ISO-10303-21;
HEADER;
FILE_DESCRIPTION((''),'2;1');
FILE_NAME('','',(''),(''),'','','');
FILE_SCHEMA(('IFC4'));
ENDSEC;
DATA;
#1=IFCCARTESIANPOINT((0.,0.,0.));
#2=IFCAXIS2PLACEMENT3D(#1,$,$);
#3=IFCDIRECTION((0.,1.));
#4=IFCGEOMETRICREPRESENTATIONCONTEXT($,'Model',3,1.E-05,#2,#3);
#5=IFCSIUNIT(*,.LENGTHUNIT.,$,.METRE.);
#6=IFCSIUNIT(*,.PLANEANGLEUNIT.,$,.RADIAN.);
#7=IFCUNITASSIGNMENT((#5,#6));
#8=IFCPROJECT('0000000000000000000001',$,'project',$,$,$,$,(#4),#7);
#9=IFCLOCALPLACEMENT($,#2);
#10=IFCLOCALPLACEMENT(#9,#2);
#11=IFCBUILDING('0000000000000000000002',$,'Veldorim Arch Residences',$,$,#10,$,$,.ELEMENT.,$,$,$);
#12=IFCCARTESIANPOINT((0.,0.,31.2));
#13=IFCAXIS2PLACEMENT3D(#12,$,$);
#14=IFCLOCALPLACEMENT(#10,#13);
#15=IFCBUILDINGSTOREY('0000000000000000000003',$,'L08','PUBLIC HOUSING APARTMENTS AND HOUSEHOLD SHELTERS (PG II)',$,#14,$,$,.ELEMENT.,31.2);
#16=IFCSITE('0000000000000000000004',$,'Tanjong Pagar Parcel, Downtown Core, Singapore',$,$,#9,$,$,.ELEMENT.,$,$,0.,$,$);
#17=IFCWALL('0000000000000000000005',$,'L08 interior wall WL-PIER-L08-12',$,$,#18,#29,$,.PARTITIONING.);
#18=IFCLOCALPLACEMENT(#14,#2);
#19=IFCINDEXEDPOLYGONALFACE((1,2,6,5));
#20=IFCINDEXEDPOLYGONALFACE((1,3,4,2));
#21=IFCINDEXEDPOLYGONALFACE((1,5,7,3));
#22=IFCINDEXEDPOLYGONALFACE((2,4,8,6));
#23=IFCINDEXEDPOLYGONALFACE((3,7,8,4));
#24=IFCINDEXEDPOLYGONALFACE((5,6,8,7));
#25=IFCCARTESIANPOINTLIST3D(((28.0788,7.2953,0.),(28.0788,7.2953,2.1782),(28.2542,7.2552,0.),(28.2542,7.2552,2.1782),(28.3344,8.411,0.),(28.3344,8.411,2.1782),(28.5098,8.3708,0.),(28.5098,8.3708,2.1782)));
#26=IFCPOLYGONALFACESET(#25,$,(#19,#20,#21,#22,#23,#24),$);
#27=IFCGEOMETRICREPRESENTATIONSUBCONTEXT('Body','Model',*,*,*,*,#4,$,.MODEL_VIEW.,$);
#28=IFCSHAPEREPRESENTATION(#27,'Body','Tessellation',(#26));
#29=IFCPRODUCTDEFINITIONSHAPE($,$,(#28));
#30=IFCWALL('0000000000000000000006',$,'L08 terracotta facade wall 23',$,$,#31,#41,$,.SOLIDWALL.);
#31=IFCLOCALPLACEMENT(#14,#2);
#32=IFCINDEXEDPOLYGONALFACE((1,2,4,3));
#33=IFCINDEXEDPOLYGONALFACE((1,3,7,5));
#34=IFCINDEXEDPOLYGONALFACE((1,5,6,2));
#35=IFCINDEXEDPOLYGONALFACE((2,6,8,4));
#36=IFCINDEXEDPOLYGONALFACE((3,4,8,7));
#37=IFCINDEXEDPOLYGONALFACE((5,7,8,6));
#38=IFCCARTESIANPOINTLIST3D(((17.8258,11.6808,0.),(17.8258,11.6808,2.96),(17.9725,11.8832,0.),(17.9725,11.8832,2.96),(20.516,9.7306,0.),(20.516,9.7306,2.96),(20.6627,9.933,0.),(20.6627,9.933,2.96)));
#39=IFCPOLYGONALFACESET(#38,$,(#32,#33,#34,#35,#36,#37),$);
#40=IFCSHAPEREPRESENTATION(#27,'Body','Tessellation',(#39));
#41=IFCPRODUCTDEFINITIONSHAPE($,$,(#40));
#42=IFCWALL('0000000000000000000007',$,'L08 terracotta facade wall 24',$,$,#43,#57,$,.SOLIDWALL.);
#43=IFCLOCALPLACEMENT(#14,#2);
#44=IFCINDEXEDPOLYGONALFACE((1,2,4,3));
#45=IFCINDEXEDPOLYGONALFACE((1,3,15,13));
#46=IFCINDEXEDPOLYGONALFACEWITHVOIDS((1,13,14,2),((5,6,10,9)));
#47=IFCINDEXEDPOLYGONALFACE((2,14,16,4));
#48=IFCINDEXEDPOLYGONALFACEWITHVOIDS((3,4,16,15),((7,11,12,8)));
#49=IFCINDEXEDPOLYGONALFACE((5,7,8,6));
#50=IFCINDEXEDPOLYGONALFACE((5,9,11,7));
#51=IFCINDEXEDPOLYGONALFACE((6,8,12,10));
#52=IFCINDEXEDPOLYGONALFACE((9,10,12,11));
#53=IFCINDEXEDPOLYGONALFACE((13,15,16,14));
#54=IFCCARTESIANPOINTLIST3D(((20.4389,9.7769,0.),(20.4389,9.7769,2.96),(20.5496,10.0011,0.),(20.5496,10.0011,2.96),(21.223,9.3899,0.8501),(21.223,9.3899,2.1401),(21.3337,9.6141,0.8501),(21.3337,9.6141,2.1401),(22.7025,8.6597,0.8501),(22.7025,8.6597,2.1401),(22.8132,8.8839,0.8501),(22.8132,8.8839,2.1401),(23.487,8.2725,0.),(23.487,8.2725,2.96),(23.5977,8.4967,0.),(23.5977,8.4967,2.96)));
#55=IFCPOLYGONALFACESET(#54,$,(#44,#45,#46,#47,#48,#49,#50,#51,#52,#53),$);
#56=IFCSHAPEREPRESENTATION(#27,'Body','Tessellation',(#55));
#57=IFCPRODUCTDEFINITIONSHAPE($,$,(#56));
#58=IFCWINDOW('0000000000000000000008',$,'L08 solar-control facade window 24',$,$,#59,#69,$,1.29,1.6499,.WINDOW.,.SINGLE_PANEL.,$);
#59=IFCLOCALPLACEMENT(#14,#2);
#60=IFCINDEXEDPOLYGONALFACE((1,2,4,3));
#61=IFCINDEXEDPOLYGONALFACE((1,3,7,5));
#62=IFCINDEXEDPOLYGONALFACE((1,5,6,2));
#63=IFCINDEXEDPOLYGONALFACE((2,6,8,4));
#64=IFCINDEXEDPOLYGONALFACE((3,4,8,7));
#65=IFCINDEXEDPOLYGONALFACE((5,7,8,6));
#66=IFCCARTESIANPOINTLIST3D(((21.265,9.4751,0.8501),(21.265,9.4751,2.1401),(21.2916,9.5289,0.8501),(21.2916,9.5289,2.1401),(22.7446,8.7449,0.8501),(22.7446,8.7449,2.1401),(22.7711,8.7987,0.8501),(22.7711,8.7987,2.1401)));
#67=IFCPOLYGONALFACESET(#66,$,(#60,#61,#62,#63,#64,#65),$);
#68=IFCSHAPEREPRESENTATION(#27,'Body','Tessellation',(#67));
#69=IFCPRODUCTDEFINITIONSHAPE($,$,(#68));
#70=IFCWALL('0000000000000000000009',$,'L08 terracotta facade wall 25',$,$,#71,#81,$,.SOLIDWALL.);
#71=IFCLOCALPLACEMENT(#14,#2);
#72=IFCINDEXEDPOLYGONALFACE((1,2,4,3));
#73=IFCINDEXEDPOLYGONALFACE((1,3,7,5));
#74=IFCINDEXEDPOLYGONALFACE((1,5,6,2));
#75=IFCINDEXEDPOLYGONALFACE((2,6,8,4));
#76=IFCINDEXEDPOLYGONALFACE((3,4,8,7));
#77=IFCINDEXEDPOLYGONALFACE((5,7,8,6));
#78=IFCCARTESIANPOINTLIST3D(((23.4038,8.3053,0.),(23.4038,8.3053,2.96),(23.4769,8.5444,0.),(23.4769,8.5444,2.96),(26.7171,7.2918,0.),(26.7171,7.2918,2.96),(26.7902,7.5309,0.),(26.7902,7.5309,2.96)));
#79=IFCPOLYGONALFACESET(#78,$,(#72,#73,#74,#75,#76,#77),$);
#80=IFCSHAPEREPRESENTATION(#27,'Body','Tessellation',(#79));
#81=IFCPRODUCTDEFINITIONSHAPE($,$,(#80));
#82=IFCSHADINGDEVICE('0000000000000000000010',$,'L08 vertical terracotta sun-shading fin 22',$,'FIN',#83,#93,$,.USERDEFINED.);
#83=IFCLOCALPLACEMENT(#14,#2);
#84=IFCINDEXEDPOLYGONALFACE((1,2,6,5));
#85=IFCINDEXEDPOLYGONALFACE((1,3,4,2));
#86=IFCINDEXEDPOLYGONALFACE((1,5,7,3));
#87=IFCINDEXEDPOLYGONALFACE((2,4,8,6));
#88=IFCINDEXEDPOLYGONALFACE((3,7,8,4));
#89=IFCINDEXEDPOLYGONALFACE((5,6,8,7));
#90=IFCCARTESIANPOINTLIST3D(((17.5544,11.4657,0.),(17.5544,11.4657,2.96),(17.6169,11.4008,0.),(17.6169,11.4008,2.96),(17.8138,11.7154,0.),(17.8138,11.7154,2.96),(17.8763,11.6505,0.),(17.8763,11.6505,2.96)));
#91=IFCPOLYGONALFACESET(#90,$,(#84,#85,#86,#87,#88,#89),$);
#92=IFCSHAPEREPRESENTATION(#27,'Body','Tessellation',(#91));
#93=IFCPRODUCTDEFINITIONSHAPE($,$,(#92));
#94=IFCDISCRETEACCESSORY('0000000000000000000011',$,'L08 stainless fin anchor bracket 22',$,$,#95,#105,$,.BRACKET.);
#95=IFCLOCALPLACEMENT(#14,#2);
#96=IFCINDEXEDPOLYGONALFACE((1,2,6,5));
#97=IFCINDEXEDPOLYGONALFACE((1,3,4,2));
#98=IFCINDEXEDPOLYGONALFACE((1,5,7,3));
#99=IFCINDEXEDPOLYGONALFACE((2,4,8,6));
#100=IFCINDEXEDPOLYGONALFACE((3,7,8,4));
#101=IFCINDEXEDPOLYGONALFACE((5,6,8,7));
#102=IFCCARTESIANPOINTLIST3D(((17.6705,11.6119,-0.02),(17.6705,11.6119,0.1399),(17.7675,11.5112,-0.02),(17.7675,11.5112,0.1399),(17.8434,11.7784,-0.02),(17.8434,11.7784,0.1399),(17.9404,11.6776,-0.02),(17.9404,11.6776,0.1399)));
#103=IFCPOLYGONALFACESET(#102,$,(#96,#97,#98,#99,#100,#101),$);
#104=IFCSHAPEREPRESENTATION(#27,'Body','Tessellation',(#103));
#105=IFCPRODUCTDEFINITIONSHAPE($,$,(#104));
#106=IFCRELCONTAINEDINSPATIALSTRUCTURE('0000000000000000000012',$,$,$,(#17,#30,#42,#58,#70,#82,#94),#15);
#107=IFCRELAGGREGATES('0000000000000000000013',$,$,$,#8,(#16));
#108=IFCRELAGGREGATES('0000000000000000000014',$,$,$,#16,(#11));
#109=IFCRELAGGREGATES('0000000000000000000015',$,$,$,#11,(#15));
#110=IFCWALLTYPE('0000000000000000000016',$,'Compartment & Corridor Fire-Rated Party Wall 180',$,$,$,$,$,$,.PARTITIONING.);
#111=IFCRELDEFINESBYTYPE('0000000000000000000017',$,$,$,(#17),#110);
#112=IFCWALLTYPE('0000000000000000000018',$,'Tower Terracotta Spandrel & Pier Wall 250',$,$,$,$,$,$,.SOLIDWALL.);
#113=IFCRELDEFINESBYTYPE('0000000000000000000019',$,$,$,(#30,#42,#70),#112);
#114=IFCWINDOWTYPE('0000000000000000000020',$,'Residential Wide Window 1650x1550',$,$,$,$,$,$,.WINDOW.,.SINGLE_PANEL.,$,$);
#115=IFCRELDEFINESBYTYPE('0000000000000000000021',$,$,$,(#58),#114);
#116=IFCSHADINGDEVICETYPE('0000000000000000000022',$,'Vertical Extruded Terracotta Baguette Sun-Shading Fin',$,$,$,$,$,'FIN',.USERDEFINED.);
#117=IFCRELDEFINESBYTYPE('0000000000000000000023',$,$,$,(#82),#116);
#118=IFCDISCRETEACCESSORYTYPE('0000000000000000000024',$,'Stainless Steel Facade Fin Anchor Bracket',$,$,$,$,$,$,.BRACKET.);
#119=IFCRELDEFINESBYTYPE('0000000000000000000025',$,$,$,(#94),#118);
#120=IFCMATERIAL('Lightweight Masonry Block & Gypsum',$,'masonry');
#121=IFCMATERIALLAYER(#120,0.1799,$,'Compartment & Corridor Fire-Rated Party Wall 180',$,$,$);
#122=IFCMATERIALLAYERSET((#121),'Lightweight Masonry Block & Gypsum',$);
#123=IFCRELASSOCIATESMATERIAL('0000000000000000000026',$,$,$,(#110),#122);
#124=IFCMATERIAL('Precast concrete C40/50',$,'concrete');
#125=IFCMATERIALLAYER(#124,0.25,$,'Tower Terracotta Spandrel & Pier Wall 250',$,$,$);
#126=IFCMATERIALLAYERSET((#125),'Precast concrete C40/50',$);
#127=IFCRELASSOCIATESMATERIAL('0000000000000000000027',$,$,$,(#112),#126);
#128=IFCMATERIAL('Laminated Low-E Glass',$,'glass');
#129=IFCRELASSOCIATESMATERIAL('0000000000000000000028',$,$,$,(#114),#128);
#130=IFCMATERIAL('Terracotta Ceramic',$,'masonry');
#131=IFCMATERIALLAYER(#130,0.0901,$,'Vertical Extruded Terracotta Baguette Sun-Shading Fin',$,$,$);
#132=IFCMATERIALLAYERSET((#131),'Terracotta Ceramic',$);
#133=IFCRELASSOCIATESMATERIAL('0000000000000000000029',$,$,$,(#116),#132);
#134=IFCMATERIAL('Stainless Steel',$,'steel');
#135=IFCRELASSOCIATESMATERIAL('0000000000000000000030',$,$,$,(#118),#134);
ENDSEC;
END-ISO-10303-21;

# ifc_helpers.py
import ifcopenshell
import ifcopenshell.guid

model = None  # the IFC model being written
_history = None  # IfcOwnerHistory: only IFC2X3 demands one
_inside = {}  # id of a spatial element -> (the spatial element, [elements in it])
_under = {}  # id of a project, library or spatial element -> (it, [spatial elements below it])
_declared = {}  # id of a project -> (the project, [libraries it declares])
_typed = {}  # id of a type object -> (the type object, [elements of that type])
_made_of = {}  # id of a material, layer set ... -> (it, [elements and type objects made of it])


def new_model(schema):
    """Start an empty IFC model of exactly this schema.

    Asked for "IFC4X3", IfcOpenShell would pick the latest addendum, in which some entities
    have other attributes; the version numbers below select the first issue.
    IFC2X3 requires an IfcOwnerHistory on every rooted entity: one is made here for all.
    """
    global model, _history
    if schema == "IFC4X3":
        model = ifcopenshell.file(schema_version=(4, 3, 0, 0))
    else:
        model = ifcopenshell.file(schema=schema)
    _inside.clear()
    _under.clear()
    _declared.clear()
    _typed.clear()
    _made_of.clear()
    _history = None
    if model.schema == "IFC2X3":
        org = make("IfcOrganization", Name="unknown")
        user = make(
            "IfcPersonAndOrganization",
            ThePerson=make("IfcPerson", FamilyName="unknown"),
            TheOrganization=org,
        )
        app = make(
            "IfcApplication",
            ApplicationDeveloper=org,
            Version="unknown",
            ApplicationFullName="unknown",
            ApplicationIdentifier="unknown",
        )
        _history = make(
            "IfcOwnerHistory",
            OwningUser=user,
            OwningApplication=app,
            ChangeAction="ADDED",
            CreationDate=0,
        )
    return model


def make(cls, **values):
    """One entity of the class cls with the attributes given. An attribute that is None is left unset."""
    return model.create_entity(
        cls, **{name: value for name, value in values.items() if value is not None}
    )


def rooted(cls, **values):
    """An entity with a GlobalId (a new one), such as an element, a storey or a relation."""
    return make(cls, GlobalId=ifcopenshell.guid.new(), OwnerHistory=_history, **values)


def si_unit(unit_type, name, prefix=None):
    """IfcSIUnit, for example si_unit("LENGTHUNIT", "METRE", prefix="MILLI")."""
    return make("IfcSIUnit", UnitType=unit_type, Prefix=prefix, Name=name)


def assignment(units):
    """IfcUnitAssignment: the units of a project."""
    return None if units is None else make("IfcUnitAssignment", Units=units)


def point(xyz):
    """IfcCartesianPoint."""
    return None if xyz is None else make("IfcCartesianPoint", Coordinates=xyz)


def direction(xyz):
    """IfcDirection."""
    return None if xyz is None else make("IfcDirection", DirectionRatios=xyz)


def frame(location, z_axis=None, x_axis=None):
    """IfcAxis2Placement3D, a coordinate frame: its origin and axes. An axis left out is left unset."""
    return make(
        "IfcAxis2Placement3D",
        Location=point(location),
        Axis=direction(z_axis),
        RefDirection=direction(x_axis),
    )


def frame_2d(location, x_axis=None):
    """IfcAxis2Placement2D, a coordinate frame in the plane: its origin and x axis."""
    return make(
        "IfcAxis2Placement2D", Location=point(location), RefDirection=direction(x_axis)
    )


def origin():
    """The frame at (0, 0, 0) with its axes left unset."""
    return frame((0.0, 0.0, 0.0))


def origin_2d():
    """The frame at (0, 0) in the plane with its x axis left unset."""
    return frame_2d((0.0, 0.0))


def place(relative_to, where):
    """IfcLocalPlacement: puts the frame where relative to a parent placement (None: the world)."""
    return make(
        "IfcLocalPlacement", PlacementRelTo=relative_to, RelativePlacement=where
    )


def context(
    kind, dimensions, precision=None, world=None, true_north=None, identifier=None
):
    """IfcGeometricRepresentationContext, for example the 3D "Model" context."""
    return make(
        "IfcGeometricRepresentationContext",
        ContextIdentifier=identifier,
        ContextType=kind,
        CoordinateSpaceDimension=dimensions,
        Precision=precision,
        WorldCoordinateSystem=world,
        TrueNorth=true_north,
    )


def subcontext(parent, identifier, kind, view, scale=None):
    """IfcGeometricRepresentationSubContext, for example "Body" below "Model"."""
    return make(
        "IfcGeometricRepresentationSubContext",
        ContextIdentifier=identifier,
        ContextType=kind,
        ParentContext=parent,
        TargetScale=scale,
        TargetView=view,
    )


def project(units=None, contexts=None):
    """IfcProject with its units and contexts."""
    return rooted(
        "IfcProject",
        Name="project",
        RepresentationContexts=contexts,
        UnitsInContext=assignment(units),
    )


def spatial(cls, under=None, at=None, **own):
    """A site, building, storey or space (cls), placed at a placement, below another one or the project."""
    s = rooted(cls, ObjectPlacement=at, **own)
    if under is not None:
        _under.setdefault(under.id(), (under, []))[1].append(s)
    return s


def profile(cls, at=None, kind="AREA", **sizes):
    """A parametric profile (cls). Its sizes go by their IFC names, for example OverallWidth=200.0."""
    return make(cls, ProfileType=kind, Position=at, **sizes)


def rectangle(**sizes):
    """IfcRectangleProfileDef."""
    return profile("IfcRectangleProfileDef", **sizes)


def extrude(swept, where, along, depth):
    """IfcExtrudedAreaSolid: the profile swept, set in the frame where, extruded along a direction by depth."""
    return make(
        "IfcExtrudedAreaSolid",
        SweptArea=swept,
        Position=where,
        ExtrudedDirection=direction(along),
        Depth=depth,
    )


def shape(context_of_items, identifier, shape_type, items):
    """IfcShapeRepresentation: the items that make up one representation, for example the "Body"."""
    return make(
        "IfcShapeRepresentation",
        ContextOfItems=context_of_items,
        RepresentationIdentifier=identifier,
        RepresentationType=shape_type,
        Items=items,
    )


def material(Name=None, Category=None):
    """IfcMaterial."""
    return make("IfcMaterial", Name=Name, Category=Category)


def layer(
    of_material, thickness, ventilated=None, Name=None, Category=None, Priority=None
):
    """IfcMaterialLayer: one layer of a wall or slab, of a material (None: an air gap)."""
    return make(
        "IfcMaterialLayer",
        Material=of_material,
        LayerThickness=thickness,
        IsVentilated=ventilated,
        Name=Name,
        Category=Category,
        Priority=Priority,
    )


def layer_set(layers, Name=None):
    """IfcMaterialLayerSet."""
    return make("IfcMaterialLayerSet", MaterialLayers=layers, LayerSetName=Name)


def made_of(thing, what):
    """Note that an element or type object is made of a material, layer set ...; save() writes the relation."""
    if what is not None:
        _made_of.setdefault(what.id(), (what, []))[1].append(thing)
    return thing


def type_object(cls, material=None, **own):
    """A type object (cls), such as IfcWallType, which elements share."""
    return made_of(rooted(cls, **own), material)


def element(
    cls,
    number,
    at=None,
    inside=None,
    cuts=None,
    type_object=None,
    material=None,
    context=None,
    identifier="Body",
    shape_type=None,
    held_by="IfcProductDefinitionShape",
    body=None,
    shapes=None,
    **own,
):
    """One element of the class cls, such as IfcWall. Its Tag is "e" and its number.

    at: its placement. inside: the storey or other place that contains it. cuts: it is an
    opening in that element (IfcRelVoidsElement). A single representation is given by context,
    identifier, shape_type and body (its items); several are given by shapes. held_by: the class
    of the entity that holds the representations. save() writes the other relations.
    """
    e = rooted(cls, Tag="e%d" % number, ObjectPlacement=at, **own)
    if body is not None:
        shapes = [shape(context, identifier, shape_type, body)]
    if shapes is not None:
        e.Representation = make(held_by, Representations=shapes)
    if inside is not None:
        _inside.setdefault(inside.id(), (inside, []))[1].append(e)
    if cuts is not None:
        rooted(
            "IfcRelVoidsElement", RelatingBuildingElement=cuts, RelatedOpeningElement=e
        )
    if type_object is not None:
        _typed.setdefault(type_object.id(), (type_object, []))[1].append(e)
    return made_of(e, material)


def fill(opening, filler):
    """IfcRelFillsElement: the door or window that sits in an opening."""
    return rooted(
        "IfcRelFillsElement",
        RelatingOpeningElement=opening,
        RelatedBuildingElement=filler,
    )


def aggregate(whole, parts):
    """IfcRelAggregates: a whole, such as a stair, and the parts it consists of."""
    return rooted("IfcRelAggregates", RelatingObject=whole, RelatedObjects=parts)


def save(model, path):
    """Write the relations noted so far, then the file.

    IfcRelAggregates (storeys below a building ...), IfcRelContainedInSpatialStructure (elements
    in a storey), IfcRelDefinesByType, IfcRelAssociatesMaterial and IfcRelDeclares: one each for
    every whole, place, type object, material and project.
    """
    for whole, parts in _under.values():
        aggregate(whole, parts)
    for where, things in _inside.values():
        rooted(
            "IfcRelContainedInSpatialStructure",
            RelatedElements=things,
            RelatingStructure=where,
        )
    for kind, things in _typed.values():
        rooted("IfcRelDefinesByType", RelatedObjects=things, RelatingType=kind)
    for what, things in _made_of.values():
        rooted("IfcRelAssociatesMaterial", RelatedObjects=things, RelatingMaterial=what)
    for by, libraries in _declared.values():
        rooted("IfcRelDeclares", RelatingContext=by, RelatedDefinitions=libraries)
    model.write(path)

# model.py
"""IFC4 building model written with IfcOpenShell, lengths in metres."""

from ifc_helpers import new_model, si_unit, direction, frame, frame_2d, origin, origin_2d, place, context, subcontext, project, spatial, rectangle, extrude, material, layer, layer_set, type_object, element, fill, save


model = new_model("IFC4")

# Units and contexts
model_context = context("Model", 3, precision=1e-05, world=origin(), true_north=direction((0.0, 1.0)))
body_context = subcontext(model_context, "Body", "Model", "MODEL_VIEW")
ifc_project = project(units=[si_unit("LENGTHUNIT", "METRE"), si_unit("PLANEANGLEUNIT", "RADIAN")], contexts=[model_context])

# Site, building, storey
site_placement = place(None, origin())
site = spatial("IfcSite", under=ifc_project, at=site_placement, Name="Tanjong Pagar Parcel, Downtown Core, Singapore", CompositionType="ELEMENT", RefElevation=0.0)
building_placement = place(site_placement, origin())
building = spatial("IfcBuilding", under=site, at=building_placement, Name="Veldorim Arch Residences", CompositionType="ELEMENT")
storey_placement = place(building_placement, frame((0.0, 0.0, 31.2)))
storey = spatial("IfcBuildingStorey", under=building, at=storey_placement, Name="L08", Description="PUBLIC HOUSING APARTMENTS AND HOUSEHOLD SHELTERS (PG II)", CompositionType="ELEMENT", Elevation=31.2)

# Walls
ifc_material_1 = material(Name="Lightweight Masonry Block & Gypsum", Category="masonry")
ifc_layer_1 = layer(ifc_material_1, 0.1799, Name="Compartment & Corridor Fire-Rated Party Wall 180")
ifc_layer_set_1 = layer_set([ifc_layer_1], Name="Lightweight Masonry Block & Gypsum")
wall_type_1 = type_object("IfcWallType", Name="Compartment & Corridor Fire-Rated Party Wall 180", PredefinedType="PARTITIONING", material=ifc_layer_set_1)
wall_1_placement = place(storey_placement, frame((28.4221, 8.3909, 0.0), z_axis=(0.0, 0.0, 1.0), x_axis=(-0.223317, -0.974746, 0.0)))
element("IfcWall", 1, at=wall_1_placement, inside=storey, type_object=wall_type_1, Name="L08 interior wall WL-PIER-L08-12", PredefinedType="PARTITIONING", context=body_context, shape_type="SweptSolid", body=[
    extrude(rectangle(XDim=1.1445, YDim=0.1799, at=frame_2d((0.5723, 0.0))), origin(), (0.0, 0.0, 1.0), 2.1782),
])
ifc_material_2 = material(Name="Precast concrete C40/50", Category="concrete")
ifc_layer_2 = layer(ifc_material_2, 0.25, Name="Tower Terracotta Spandrel & Pier Wall 250")
ifc_layer_set_2 = layer_set([ifc_layer_2], Name="Precast concrete C40/50")
wall_type_2 = type_object("IfcWallType", Name="Tower Terracotta Spandrel & Pier Wall 250", PredefinedType="SOLIDWALL", material=ifc_layer_set_2)
wall_2_placement = place(storey_placement, frame((20.5894, 9.8318, 0.0), z_axis=(0.0, 0.0, 1.0), x_axis=(-0.809638, 0.58693, 0.0)))
element("IfcWall", 2, at=wall_2_placement, inside=storey, type_object=wall_type_2, Name="L08 terracotta facade wall 23", PredefinedType="SOLIDWALL", context=body_context, shape_type="SweptSolid", body=[
    extrude(rectangle(XDim=3.3228, YDim=0.25, at=frame_2d((1.6614, 0.0))), origin(), (0.0, 0.0, 1.0), 2.96),
])

# Wall, opening, window
wall_3_placement = place(storey_placement, frame((23.5425, 8.3845, 0.0), z_axis=(0.0, 0.0, 1.0), x_axis=(-0.896728, 0.442582, 0.0)))
wall_3 = element("IfcWall", 3, at=wall_3_placement, inside=storey, type_object=wall_type_2, Name="L08 terracotta facade wall 24", PredefinedType="SOLIDWALL", context=body_context, shape_type="SweptSolid", body=[
    extrude(rectangle(XDim=3.3992, YDim=0.25, at=frame_2d((1.6997, 0.0))), origin(), (0.0, 0.0, 1.0), 2.96),
])
opening_1_placement = place(wall_3_placement, frame((0.875, 0.0, 0.8501)))
opening_1 = element("IfcOpeningElement", 4, at=opening_1_placement, cuts=wall_3, PredefinedType="OPENING", context=body_context, shape_type="SweptSolid", body=[
    extrude(rectangle(XDim=1.6499, YDim=1.29, at=frame_2d((0.825, 0.645))), frame((0.0, 0.135, 0.0), z_axis=(0.0, -1.0, 0.0), x_axis=(1.0, 0.0, 0.0)), (0.0, 0.0, 1.0), 0.27),
])
ifc_material_3 = material(Name="Laminated Low-E Glass", Category="glass")
window_type = type_object("IfcWindowType", Name="Residential Wide Window 1650x1550", PartitioningType="SINGLE_PANEL", PredefinedType="WINDOW", material=ifc_material_3)
window_placement = place(opening_1_placement, origin())
window = element("IfcWindow", 5, at=window_placement, inside=storey, type_object=window_type, Name="L08 solar-control facade window 24", OverallHeight=1.29, OverallWidth=1.6499, PartitioningType="SINGLE_PANEL", PredefinedType="WINDOW", context=body_context, shape_type="SweptSolid", body=[
    extrude(rectangle(XDim=1.6499, YDim=1.29, at=frame_2d((0.825, 0.645))), frame((0.0, 0.03, 0.0), z_axis=(0.0, -1.0, 0.0), x_axis=(1.0, 0.0, 0.0)), (0.0, 0.0, 1.0), 0.0601),
])
fill(opening_1, window)

# Wall
wall_4_placement = place(storey_placement, frame((26.7537, 7.4114, 0.0), z_axis=(0.0, 0.0, 1.0), x_axis=(-0.956267, 0.292496, 0.0)))
element("IfcWall", 6, at=wall_4_placement, inside=storey, type_object=wall_type_2, Name="L08 terracotta facade wall 25", PredefinedType="SOLIDWALL", context=body_context, shape_type="SweptSolid", body=[
    extrude(rectangle(XDim=3.4648, YDim=0.25, at=frame_2d((1.7324, 0.0))), origin(), (0.0, 0.0, 1.0), 2.96),
])

# Shading device
ifc_material_4 = material(Name="Terracotta Ceramic", Category="masonry")
ifc_layer_3 = layer(ifc_material_4, 0.0901, Name="Vertical Extruded Terracotta Baguette Sun-Shading Fin")
ifc_layer_set_3 = layer_set([ifc_layer_3], Name="Terracotta Ceramic")
shading_device_type = type_object("IfcShadingDeviceType", Name="Vertical Extruded Terracotta Baguette Sun-Shading Fin", ElementType="FIN", PredefinedType="USERDEFINED", material=ifc_layer_set_3)
shading_device_placement = place(storey_placement, frame((17.7153, 11.5581, 0.0), z_axis=(0.0, 0.0, 1.0), x_axis=(-0.693528, 0.72043, 0.0)))
element("IfcShadingDevice", 7, at=shading_device_placement, inside=storey, type_object=shading_device_type, Name="L08 vertical terracotta sun-shading fin 22", ObjectType="FIN", PredefinedType="USERDEFINED", context=body_context, shape_type="SweptSolid", body=[
    extrude(rectangle(XDim=0.0901, YDim=0.3601, at=origin_2d()), origin(), (0.0, 0.0, 1.0), 2.96),
])

# Discrete accessory
ifc_material_5 = material(Name="Stainless Steel", Category="steel")
discrete_accessory_type = type_object("IfcDiscreteAccessoryType", Name="Stainless Steel Facade Fin Anchor Bracket", PredefinedType="BRACKET", material=ifc_material_5)
discrete_accessory_placement = place(storey_placement, frame((17.8054, 11.6448, -0.02), z_axis=(0.0, 0.0, 1.0), x_axis=(-0.693528, 0.72043, 0.0)))
element("IfcDiscreteAccessory", 8, at=discrete_accessory_placement, inside=storey, type_object=discrete_accessory_type, Name="L08 stainless fin anchor bracket 22", PredefinedType="BRACKET", context=body_context, shape_type="SweptSolid", body=[
    extrude(rectangle(XDim=0.1399, YDim=0.24, at=origin_2d()), origin(), (0.0, 0.0, 1.0), 0.1599),
])

save(model, "model.ifc")
